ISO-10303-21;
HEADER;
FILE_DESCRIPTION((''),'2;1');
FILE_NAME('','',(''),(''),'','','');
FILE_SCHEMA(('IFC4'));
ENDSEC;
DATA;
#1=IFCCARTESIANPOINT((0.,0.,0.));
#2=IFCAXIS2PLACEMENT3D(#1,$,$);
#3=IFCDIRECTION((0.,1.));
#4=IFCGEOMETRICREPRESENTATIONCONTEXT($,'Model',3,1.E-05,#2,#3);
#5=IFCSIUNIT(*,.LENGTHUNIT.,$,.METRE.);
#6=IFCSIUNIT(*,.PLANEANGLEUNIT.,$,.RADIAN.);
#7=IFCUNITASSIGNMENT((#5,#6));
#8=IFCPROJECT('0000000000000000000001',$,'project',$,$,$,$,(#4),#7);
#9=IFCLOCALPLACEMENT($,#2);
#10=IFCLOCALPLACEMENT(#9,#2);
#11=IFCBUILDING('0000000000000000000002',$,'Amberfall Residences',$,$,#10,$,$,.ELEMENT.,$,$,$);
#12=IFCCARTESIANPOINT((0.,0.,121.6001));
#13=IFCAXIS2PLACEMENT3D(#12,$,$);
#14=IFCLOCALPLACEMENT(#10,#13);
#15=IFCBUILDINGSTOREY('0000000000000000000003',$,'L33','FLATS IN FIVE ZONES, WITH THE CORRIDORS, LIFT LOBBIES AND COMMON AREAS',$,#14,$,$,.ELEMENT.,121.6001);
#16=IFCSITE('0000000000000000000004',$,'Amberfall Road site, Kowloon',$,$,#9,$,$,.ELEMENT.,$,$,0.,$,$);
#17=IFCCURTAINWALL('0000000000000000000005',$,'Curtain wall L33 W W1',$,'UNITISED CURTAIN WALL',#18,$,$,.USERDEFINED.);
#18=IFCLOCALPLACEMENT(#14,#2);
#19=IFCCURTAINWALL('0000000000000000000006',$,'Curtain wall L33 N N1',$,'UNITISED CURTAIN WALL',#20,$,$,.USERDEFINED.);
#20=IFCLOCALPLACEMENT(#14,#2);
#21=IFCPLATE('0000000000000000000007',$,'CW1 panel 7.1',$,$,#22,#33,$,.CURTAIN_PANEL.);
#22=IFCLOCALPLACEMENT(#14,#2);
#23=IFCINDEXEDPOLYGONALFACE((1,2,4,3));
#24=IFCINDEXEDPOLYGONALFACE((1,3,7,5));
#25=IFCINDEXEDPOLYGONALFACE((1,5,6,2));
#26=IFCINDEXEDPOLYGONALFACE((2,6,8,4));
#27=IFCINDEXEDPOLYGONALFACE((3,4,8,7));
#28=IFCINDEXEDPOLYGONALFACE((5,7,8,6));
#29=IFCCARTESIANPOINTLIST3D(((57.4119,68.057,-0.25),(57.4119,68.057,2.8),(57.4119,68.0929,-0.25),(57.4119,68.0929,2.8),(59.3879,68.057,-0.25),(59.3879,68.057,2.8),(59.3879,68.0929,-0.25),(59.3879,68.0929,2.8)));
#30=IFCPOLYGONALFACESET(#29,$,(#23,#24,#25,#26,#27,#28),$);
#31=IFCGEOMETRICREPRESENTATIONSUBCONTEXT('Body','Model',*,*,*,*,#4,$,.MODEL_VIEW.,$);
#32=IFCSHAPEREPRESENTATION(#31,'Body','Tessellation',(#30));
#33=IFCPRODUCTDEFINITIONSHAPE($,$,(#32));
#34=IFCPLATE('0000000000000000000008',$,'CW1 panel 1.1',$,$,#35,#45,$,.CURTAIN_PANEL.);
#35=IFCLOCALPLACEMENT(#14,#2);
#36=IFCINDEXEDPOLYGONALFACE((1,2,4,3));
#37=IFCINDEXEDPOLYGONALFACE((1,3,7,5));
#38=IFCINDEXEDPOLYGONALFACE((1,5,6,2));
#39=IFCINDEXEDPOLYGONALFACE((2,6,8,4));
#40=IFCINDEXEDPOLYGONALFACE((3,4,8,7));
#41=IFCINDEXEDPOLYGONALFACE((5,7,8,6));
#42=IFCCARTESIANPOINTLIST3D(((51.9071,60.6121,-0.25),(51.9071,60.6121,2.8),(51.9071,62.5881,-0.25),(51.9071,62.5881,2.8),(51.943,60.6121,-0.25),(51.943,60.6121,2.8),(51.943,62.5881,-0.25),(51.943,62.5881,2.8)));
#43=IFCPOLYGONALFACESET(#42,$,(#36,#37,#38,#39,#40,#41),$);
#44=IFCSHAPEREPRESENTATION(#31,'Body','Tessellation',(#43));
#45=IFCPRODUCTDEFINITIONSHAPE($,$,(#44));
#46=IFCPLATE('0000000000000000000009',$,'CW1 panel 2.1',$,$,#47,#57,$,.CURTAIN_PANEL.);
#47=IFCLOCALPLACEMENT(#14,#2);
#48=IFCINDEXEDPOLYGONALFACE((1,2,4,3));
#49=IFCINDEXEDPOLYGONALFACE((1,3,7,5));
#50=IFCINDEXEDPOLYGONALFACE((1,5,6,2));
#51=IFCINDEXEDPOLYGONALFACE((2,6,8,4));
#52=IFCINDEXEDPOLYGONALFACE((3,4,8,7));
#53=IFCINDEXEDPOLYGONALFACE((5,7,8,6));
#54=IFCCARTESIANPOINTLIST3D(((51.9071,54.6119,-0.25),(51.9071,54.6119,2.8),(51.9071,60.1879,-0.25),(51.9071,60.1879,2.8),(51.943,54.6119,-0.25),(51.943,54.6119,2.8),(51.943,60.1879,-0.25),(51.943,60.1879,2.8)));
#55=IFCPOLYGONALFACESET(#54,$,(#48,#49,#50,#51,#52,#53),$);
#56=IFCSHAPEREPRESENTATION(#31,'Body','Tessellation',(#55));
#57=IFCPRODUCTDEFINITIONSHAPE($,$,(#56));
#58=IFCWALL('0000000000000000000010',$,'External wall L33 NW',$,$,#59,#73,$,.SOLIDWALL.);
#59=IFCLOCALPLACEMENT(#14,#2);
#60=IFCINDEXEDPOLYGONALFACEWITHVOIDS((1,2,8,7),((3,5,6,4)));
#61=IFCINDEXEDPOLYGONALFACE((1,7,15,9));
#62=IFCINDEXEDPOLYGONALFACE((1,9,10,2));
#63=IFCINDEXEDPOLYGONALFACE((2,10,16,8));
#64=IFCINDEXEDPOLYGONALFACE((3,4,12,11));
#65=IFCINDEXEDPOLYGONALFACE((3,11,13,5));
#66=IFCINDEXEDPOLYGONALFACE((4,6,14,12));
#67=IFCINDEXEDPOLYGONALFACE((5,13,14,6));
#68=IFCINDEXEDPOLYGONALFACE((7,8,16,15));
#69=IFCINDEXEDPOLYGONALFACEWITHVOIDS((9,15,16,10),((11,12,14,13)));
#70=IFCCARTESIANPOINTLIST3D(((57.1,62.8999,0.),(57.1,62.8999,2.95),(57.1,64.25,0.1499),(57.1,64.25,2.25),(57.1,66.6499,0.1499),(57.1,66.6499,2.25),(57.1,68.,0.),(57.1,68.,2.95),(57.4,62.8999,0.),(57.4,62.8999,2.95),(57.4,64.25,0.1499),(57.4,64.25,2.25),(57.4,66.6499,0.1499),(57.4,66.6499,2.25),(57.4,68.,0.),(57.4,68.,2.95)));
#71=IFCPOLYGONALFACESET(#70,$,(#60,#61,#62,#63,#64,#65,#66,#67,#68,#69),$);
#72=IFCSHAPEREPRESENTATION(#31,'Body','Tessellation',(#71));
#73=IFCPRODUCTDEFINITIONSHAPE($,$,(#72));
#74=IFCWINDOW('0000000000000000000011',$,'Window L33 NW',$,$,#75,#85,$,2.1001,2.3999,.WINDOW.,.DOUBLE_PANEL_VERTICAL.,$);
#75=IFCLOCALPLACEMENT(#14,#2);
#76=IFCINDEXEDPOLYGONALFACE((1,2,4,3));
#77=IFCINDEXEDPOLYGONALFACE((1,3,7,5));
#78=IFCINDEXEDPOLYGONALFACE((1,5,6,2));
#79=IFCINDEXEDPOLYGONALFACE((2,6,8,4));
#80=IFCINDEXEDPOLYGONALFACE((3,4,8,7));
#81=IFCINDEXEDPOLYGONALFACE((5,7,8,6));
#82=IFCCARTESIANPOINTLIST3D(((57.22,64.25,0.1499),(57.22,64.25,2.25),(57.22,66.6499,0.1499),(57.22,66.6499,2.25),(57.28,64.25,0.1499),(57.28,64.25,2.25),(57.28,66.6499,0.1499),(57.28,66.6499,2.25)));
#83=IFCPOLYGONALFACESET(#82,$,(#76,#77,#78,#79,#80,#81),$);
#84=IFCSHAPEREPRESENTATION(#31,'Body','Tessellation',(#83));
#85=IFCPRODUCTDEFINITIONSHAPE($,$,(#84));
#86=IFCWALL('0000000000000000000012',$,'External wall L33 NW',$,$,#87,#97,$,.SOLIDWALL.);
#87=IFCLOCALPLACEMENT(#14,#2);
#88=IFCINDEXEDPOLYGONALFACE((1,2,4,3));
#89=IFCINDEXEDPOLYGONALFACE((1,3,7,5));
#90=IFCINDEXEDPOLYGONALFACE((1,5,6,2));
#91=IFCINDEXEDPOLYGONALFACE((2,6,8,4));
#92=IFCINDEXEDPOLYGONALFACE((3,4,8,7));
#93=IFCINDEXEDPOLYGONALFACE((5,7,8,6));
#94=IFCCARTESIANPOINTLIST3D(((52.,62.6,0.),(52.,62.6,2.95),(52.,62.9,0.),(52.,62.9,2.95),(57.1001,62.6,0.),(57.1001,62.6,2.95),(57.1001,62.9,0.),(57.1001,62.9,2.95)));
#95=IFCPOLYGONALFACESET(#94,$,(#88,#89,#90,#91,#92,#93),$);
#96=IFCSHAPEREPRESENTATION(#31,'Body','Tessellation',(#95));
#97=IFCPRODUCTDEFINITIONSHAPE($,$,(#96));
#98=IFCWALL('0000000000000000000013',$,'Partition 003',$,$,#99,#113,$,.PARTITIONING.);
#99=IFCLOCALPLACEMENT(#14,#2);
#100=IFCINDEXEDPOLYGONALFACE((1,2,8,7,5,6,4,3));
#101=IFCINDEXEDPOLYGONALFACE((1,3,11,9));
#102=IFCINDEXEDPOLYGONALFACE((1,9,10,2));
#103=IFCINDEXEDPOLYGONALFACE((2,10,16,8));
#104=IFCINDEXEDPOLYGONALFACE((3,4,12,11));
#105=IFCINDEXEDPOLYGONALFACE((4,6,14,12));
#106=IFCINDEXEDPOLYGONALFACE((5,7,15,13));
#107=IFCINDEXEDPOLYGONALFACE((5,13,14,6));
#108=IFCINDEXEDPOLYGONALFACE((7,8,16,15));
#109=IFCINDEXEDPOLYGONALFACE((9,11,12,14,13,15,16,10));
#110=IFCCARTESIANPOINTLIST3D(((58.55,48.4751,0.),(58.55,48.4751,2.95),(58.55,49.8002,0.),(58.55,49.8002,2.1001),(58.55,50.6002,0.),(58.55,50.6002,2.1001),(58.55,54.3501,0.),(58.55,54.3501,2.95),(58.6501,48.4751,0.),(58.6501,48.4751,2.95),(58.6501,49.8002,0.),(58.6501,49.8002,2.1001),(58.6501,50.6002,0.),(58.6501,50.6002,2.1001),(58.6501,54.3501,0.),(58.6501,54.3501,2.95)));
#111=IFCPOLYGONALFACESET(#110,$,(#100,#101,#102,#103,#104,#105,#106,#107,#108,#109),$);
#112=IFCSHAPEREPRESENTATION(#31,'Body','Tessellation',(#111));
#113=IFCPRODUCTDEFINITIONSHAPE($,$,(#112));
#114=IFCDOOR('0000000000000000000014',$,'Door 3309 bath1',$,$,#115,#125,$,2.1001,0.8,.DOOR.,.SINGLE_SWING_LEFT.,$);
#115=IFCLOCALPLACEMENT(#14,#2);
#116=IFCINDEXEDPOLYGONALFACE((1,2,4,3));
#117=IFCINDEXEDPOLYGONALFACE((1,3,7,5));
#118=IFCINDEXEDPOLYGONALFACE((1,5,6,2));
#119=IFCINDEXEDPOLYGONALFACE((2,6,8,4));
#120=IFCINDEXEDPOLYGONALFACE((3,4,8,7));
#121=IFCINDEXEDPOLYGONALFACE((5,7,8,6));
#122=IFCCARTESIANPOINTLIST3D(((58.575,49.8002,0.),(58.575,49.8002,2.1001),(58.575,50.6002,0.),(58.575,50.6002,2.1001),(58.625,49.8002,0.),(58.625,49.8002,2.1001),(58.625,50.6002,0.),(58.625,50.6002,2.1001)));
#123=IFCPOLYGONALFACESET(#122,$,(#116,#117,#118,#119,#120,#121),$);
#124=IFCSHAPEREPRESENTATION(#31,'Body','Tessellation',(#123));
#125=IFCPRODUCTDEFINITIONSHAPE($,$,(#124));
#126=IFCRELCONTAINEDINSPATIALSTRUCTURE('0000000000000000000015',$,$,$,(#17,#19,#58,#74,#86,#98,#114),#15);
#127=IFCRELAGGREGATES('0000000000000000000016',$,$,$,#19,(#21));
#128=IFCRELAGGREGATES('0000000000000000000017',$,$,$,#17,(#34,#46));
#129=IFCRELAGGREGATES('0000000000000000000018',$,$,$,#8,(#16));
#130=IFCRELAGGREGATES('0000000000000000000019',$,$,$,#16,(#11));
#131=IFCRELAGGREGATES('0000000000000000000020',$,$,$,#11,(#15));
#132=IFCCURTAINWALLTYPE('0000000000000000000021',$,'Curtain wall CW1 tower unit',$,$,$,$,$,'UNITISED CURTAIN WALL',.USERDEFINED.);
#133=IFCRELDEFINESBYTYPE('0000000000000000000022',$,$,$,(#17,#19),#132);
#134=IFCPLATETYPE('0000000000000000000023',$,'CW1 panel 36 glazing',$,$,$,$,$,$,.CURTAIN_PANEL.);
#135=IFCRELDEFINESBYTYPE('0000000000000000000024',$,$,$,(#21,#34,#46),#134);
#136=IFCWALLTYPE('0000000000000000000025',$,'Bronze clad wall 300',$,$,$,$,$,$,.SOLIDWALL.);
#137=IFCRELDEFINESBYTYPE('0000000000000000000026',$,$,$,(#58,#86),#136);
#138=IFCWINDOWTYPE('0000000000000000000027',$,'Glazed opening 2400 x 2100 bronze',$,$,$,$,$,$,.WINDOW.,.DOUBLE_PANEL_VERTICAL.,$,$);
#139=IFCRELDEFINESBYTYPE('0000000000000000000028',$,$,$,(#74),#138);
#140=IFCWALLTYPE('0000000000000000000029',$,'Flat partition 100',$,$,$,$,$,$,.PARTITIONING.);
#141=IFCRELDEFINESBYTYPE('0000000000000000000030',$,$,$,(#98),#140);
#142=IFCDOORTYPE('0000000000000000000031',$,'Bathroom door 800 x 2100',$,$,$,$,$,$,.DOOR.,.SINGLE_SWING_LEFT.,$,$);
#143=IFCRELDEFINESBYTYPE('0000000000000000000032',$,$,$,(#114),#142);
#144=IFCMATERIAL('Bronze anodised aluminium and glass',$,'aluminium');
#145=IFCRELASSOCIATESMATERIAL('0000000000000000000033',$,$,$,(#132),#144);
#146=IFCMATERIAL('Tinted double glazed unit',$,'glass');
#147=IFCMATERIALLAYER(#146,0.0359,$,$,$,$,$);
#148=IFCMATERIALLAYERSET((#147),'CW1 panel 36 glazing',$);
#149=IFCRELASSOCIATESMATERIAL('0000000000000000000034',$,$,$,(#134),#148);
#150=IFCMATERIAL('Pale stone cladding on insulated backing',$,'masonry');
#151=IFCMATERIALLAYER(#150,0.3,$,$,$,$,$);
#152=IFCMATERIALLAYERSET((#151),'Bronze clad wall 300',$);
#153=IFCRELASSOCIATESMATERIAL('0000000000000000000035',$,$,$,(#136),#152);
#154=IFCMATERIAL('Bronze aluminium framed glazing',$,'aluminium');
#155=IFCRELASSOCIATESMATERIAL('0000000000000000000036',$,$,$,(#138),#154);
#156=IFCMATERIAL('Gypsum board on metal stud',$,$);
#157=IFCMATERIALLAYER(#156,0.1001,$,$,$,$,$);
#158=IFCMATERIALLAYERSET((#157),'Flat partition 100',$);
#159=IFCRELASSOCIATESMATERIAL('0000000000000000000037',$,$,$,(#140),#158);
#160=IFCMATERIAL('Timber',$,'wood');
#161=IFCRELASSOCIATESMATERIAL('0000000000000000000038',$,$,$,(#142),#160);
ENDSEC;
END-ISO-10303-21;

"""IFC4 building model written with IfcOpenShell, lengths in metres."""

from ifc_helpers import new_model, si_unit, direction, frame, frame_2d, origin, origin_2d, place, context, subcontext, project, spatial, rectangle, extrude, material, layer, layer_set, type_object, element, fill, aggregate, save


model = new_model("IFC4")

# Units and contexts
model_context = context("Model", 3, precision=1e-05, world=origin(), true_north=direction((0.0, 1.0)))
body_context = subcontext(model_context, "Body", "Model", "MODEL_VIEW")
ifc_project = project(units=[si_unit("LENGTHUNIT", "METRE"), si_unit("PLANEANGLEUNIT", "RADIAN")], contexts=[model_context])

# Site, building, storey
site_placement = place(None, origin())
site = spatial("IfcSite", under=ifc_project, at=site_placement, Name="Amberfall Road site, Kowloon", CompositionType="ELEMENT", RefElevation=0.0)
building_placement = place(site_placement, origin())
building = spatial("IfcBuilding", under=site, at=building_placement, Name="Amberfall Residences", CompositionType="ELEMENT")
storey_placement = place(building_placement, frame((0.0, 0.0, 121.6001)))
storey = spatial("IfcBuildingStorey", under=building, at=storey_placement, Name="L33", Description="FLATS IN FIVE ZONES, WITH THE CORRIDORS, LIFT LOBBIES AND COMMON AREAS", CompositionType="ELEMENT", Elevation=121.6001)

# Curtain wall
ifc_material_1 = material(Name="Bronze anodised aluminium and glass", Category="aluminium")
curtain_wall_type = type_object("IfcCurtainWallType", Name="Curtain wall CW1 tower unit", ElementType="UNITISED CURTAIN WALL", PredefinedType="USERDEFINED", material=ifc_material_1)
curtain_wall_1_placement = place(storey_placement, origin())
curtain_wall_1 = element("IfcCurtainWall", 1, at=curtain_wall_1_placement, inside=storey, type_object=curtain_wall_type, Name="Curtain wall L33 W W1", ObjectType="UNITISED CURTAIN WALL", PredefinedType="USERDEFINED")

# Curtain wall
curtain_wall_2_placement = place(storey_placement, origin())
curtain_wall_2 = element("IfcCurtainWall", 2, at=curtain_wall_2_placement, inside=storey, type_object=curtain_wall_type, Name="Curtain wall L33 N N1", ObjectType="UNITISED CURTAIN WALL", PredefinedType="USERDEFINED")

# Plates
ifc_material_2 = material(Name="Tinted double glazed unit", Category="glass")
ifc_layer_1 = layer(ifc_material_2, 0.0359)
ifc_layer_set_1 = layer_set([ifc_layer_1], Name="CW1 panel 36 glazing")
plate_type = type_object("IfcPlateType", Name="CW1 panel 36 glazing", PredefinedType="CURTAIN_PANEL", material=ifc_layer_set_1)
plate_1_placement = place(storey_placement, frame((58.3999, 68.075, -0.25), z_axis=(0.0, 0.0, 1.0), x_axis=(-1.0, 0.0, 0.0)))
plate_1 = element("IfcPlate", 3, at=plate_1_placement, type_object=plate_type, Name="CW1 panel 7.1", PredefinedType="CURTAIN_PANEL", context=body_context, shape_type="SweptSolid", body=[
    extrude(rectangle(XDim=1.9761, YDim=0.0359, at=origin_2d()), origin(), (0.0, 0.0, 1.0), 3.05),
])
aggregate(curtain_wall_2, [plate_1])
plate_2_placement = place(storey_placement, frame((51.925, 61.6001, -0.25), z_axis=(0.0, 0.0, 1.0), x_axis=(0.0, -1.0, 0.0)))
plate_2 = element("IfcPlate", 4, at=plate_2_placement, type_object=plate_type, Name="CW1 panel 1.1", PredefinedType="CURTAIN_PANEL", context=body_context, shape_type="SweptSolid", body=[
    extrude(rectangle(XDim=1.9761, YDim=0.0359, at=origin_2d()), origin(), (0.0, 0.0, 1.0), 3.05),
])
plate_3_placement = place(storey_placement, frame((51.925, 57.3999, -0.25), z_axis=(0.0, 0.0, 1.0), x_axis=(0.0, -1.0, 0.0)))
plate_3 = element("IfcPlate", 5, at=plate_3_placement, type_object=plate_type, Name="CW1 panel 2.1", PredefinedType="CURTAIN_PANEL", context=body_context, shape_type="SweptSolid", body=[
    extrude(rectangle(XDim=5.5759, YDim=0.0359, at=origin_2d()), origin(), (0.0, 0.0, 1.0), 3.05),
])
aggregate(curtain_wall_1, [plate_2, plate_3])

# Wall, opening, window
ifc_material_3 = material(Name="Pale stone cladding on insulated backing", Category="masonry")
ifc_layer_2 = layer(ifc_material_3, 0.3)
ifc_layer_set_2 = layer_set([ifc_layer_2], Name="Bronze clad wall 300")
wall_type_1 = type_object("IfcWallType", Name="Bronze clad wall 300", PredefinedType="SOLIDWALL", material=ifc_layer_set_2)
wall_1_placement = place(storey_placement, frame((57.25, 68.0, 0.0), z_axis=(0.0, 0.0, 1.0), x_axis=(0.0, -1.0, 0.0)))
wall_1 = element("IfcWall", 6, at=wall_1_placement, inside=storey, type_object=wall_type_1, Name="External wall L33 NW", PredefinedType="SOLIDWALL", context=body_context, shape_type="SweptSolid", body=[
    extrude(rectangle(XDim=5.1001, YDim=0.3, at=frame_2d((2.55, 0.0))), origin(), (0.0, 0.0, 1.0), 2.95),
])
opening_1_placement = place(wall_1_placement, frame((1.3501, 0.0, 0.1499)))
opening_1 = element("IfcOpeningElement", 7, at=opening_1_placement, cuts=wall_1, PredefinedType="OPENING", context=body_context, shape_type="SweptSolid", body=[
    extrude(rectangle(XDim=2.3999, YDim=2.1001, at=frame_2d((1.2, 1.05))), frame((0.0, 0.1599, 0.0), z_axis=(0.0, -1.0, 0.0), x_axis=(1.0, 0.0, 0.0)), (0.0, 0.0, 1.0), 0.3201),
])
ifc_material_4 = material(Name="Bronze aluminium framed glazing", Category="aluminium")
window_type = type_object("IfcWindowType", Name="Glazed opening 2400 x 2100 bronze", PartitioningType="DOUBLE_PANEL_VERTICAL", PredefinedType="WINDOW", material=ifc_material_4)
window_placement = place(opening_1_placement, origin())
window = element("IfcWindow", 8, at=window_placement, inside=storey, type_object=window_type, Name="Window L33 NW", OverallHeight=2.1001, OverallWidth=2.3999, PartitioningType="DOUBLE_PANEL_VERTICAL", PredefinedType="WINDOW", context=body_context, shape_type="SweptSolid", body=[
    extrude(rectangle(XDim=2.3999, YDim=2.1001, at=frame_2d((1.2, 1.05))), frame((0.0, 0.03, 0.0), z_axis=(0.0, -1.0, 0.0), x_axis=(1.0, 0.0, 0.0)), (0.0, 0.0, 1.0), 0.0601),
])
fill(opening_1, window)

# Wall
wall_2_placement = place(storey_placement, frame((57.1001, 62.75, 0.0), z_axis=(0.0, 0.0, 1.0), x_axis=(-1.0, 0.0, 0.0)))
element("IfcWall", 9, at=wall_2_placement, inside=storey, type_object=wall_type_1, Name="External wall L33 NW", PredefinedType="SOLIDWALL", context=body_context, shape_type="SweptSolid", body=[
    extrude(rectangle(XDim=5.1001, YDim=0.3, at=frame_2d((2.55, 0.0))), origin(), (0.0, 0.0, 1.0), 2.95),
])

# Wall, opening, door
ifc_material_5 = material(Name="Gypsum board on metal stud")
ifc_layer_3 = layer(ifc_material_5, 0.1001)
ifc_layer_set_3 = layer_set([ifc_layer_3], Name="Flat partition 100")
wall_type_2 = type_object("IfcWallType", Name="Flat partition 100", PredefinedType="PARTITIONING", material=ifc_layer_set_3)
wall_3_placement = place(storey_placement, frame((58.6001, 54.3501, 0.0), z_axis=(0.0, 0.0, 1.0), x_axis=(0.0, -1.0, 0.0)))
wall_3 = element("IfcWall", 10, at=wall_3_placement, inside=storey, type_object=wall_type_2, Name="Partition 003", PredefinedType="PARTITIONING", context=body_context, shape_type="SweptSolid", body=[
    extrude(rectangle(XDim=5.875, YDim=0.1001, at=frame_2d((2.9375, 0.0))), origin(), (0.0, 0.0, 1.0), 2.95),
])
opening_2_placement = place(wall_3_placement, frame((3.75, 0.0, 0.0)))
opening_2 = element("IfcOpeningElement", 11, at=opening_2_placement, cuts=wall_3, PredefinedType="OPENING", context=body_context, shape_type="SweptSolid", body=[
    extrude(rectangle(XDim=0.8, YDim=2.1001, at=frame_2d((0.3999, 1.05))), frame((0.0, 0.0601, 0.0), z_axis=(0.0, -1.0, 0.0), x_axis=(1.0, 0.0, 0.0)), (0.0, 0.0, 1.0), 0.1201),
])
ifc_material_6 = material(Name="Timber", Category="wood")
door_type = type_object("IfcDoorType", Name="Bathroom door 800 x 2100", OperationType="SINGLE_SWING_LEFT", PredefinedType="DOOR", material=ifc_material_6)
door_placement = place(opening_2_placement, origin())
door = element("IfcDoor", 12, at=door_placement, inside=storey, type_object=door_type, Name="Door 3309 bath1", OperationType="SINGLE_SWING_LEFT", OverallHeight=2.1001, OverallWidth=0.8, PredefinedType="DOOR", context=body_context, shape_type="SweptSolid", body=[
    extrude(rectangle(XDim=0.8, YDim=2.1001, at=frame_2d((0.3999, 1.05))), frame((0.0, 0.0249, 0.0), z_axis=(0.0, -1.0, 0.0), x_axis=(1.0, 0.0, 0.0)), (0.0, 0.0, 1.0), 0.05),
])
fill(opening_2, door)

save(model, "model.ifc")
